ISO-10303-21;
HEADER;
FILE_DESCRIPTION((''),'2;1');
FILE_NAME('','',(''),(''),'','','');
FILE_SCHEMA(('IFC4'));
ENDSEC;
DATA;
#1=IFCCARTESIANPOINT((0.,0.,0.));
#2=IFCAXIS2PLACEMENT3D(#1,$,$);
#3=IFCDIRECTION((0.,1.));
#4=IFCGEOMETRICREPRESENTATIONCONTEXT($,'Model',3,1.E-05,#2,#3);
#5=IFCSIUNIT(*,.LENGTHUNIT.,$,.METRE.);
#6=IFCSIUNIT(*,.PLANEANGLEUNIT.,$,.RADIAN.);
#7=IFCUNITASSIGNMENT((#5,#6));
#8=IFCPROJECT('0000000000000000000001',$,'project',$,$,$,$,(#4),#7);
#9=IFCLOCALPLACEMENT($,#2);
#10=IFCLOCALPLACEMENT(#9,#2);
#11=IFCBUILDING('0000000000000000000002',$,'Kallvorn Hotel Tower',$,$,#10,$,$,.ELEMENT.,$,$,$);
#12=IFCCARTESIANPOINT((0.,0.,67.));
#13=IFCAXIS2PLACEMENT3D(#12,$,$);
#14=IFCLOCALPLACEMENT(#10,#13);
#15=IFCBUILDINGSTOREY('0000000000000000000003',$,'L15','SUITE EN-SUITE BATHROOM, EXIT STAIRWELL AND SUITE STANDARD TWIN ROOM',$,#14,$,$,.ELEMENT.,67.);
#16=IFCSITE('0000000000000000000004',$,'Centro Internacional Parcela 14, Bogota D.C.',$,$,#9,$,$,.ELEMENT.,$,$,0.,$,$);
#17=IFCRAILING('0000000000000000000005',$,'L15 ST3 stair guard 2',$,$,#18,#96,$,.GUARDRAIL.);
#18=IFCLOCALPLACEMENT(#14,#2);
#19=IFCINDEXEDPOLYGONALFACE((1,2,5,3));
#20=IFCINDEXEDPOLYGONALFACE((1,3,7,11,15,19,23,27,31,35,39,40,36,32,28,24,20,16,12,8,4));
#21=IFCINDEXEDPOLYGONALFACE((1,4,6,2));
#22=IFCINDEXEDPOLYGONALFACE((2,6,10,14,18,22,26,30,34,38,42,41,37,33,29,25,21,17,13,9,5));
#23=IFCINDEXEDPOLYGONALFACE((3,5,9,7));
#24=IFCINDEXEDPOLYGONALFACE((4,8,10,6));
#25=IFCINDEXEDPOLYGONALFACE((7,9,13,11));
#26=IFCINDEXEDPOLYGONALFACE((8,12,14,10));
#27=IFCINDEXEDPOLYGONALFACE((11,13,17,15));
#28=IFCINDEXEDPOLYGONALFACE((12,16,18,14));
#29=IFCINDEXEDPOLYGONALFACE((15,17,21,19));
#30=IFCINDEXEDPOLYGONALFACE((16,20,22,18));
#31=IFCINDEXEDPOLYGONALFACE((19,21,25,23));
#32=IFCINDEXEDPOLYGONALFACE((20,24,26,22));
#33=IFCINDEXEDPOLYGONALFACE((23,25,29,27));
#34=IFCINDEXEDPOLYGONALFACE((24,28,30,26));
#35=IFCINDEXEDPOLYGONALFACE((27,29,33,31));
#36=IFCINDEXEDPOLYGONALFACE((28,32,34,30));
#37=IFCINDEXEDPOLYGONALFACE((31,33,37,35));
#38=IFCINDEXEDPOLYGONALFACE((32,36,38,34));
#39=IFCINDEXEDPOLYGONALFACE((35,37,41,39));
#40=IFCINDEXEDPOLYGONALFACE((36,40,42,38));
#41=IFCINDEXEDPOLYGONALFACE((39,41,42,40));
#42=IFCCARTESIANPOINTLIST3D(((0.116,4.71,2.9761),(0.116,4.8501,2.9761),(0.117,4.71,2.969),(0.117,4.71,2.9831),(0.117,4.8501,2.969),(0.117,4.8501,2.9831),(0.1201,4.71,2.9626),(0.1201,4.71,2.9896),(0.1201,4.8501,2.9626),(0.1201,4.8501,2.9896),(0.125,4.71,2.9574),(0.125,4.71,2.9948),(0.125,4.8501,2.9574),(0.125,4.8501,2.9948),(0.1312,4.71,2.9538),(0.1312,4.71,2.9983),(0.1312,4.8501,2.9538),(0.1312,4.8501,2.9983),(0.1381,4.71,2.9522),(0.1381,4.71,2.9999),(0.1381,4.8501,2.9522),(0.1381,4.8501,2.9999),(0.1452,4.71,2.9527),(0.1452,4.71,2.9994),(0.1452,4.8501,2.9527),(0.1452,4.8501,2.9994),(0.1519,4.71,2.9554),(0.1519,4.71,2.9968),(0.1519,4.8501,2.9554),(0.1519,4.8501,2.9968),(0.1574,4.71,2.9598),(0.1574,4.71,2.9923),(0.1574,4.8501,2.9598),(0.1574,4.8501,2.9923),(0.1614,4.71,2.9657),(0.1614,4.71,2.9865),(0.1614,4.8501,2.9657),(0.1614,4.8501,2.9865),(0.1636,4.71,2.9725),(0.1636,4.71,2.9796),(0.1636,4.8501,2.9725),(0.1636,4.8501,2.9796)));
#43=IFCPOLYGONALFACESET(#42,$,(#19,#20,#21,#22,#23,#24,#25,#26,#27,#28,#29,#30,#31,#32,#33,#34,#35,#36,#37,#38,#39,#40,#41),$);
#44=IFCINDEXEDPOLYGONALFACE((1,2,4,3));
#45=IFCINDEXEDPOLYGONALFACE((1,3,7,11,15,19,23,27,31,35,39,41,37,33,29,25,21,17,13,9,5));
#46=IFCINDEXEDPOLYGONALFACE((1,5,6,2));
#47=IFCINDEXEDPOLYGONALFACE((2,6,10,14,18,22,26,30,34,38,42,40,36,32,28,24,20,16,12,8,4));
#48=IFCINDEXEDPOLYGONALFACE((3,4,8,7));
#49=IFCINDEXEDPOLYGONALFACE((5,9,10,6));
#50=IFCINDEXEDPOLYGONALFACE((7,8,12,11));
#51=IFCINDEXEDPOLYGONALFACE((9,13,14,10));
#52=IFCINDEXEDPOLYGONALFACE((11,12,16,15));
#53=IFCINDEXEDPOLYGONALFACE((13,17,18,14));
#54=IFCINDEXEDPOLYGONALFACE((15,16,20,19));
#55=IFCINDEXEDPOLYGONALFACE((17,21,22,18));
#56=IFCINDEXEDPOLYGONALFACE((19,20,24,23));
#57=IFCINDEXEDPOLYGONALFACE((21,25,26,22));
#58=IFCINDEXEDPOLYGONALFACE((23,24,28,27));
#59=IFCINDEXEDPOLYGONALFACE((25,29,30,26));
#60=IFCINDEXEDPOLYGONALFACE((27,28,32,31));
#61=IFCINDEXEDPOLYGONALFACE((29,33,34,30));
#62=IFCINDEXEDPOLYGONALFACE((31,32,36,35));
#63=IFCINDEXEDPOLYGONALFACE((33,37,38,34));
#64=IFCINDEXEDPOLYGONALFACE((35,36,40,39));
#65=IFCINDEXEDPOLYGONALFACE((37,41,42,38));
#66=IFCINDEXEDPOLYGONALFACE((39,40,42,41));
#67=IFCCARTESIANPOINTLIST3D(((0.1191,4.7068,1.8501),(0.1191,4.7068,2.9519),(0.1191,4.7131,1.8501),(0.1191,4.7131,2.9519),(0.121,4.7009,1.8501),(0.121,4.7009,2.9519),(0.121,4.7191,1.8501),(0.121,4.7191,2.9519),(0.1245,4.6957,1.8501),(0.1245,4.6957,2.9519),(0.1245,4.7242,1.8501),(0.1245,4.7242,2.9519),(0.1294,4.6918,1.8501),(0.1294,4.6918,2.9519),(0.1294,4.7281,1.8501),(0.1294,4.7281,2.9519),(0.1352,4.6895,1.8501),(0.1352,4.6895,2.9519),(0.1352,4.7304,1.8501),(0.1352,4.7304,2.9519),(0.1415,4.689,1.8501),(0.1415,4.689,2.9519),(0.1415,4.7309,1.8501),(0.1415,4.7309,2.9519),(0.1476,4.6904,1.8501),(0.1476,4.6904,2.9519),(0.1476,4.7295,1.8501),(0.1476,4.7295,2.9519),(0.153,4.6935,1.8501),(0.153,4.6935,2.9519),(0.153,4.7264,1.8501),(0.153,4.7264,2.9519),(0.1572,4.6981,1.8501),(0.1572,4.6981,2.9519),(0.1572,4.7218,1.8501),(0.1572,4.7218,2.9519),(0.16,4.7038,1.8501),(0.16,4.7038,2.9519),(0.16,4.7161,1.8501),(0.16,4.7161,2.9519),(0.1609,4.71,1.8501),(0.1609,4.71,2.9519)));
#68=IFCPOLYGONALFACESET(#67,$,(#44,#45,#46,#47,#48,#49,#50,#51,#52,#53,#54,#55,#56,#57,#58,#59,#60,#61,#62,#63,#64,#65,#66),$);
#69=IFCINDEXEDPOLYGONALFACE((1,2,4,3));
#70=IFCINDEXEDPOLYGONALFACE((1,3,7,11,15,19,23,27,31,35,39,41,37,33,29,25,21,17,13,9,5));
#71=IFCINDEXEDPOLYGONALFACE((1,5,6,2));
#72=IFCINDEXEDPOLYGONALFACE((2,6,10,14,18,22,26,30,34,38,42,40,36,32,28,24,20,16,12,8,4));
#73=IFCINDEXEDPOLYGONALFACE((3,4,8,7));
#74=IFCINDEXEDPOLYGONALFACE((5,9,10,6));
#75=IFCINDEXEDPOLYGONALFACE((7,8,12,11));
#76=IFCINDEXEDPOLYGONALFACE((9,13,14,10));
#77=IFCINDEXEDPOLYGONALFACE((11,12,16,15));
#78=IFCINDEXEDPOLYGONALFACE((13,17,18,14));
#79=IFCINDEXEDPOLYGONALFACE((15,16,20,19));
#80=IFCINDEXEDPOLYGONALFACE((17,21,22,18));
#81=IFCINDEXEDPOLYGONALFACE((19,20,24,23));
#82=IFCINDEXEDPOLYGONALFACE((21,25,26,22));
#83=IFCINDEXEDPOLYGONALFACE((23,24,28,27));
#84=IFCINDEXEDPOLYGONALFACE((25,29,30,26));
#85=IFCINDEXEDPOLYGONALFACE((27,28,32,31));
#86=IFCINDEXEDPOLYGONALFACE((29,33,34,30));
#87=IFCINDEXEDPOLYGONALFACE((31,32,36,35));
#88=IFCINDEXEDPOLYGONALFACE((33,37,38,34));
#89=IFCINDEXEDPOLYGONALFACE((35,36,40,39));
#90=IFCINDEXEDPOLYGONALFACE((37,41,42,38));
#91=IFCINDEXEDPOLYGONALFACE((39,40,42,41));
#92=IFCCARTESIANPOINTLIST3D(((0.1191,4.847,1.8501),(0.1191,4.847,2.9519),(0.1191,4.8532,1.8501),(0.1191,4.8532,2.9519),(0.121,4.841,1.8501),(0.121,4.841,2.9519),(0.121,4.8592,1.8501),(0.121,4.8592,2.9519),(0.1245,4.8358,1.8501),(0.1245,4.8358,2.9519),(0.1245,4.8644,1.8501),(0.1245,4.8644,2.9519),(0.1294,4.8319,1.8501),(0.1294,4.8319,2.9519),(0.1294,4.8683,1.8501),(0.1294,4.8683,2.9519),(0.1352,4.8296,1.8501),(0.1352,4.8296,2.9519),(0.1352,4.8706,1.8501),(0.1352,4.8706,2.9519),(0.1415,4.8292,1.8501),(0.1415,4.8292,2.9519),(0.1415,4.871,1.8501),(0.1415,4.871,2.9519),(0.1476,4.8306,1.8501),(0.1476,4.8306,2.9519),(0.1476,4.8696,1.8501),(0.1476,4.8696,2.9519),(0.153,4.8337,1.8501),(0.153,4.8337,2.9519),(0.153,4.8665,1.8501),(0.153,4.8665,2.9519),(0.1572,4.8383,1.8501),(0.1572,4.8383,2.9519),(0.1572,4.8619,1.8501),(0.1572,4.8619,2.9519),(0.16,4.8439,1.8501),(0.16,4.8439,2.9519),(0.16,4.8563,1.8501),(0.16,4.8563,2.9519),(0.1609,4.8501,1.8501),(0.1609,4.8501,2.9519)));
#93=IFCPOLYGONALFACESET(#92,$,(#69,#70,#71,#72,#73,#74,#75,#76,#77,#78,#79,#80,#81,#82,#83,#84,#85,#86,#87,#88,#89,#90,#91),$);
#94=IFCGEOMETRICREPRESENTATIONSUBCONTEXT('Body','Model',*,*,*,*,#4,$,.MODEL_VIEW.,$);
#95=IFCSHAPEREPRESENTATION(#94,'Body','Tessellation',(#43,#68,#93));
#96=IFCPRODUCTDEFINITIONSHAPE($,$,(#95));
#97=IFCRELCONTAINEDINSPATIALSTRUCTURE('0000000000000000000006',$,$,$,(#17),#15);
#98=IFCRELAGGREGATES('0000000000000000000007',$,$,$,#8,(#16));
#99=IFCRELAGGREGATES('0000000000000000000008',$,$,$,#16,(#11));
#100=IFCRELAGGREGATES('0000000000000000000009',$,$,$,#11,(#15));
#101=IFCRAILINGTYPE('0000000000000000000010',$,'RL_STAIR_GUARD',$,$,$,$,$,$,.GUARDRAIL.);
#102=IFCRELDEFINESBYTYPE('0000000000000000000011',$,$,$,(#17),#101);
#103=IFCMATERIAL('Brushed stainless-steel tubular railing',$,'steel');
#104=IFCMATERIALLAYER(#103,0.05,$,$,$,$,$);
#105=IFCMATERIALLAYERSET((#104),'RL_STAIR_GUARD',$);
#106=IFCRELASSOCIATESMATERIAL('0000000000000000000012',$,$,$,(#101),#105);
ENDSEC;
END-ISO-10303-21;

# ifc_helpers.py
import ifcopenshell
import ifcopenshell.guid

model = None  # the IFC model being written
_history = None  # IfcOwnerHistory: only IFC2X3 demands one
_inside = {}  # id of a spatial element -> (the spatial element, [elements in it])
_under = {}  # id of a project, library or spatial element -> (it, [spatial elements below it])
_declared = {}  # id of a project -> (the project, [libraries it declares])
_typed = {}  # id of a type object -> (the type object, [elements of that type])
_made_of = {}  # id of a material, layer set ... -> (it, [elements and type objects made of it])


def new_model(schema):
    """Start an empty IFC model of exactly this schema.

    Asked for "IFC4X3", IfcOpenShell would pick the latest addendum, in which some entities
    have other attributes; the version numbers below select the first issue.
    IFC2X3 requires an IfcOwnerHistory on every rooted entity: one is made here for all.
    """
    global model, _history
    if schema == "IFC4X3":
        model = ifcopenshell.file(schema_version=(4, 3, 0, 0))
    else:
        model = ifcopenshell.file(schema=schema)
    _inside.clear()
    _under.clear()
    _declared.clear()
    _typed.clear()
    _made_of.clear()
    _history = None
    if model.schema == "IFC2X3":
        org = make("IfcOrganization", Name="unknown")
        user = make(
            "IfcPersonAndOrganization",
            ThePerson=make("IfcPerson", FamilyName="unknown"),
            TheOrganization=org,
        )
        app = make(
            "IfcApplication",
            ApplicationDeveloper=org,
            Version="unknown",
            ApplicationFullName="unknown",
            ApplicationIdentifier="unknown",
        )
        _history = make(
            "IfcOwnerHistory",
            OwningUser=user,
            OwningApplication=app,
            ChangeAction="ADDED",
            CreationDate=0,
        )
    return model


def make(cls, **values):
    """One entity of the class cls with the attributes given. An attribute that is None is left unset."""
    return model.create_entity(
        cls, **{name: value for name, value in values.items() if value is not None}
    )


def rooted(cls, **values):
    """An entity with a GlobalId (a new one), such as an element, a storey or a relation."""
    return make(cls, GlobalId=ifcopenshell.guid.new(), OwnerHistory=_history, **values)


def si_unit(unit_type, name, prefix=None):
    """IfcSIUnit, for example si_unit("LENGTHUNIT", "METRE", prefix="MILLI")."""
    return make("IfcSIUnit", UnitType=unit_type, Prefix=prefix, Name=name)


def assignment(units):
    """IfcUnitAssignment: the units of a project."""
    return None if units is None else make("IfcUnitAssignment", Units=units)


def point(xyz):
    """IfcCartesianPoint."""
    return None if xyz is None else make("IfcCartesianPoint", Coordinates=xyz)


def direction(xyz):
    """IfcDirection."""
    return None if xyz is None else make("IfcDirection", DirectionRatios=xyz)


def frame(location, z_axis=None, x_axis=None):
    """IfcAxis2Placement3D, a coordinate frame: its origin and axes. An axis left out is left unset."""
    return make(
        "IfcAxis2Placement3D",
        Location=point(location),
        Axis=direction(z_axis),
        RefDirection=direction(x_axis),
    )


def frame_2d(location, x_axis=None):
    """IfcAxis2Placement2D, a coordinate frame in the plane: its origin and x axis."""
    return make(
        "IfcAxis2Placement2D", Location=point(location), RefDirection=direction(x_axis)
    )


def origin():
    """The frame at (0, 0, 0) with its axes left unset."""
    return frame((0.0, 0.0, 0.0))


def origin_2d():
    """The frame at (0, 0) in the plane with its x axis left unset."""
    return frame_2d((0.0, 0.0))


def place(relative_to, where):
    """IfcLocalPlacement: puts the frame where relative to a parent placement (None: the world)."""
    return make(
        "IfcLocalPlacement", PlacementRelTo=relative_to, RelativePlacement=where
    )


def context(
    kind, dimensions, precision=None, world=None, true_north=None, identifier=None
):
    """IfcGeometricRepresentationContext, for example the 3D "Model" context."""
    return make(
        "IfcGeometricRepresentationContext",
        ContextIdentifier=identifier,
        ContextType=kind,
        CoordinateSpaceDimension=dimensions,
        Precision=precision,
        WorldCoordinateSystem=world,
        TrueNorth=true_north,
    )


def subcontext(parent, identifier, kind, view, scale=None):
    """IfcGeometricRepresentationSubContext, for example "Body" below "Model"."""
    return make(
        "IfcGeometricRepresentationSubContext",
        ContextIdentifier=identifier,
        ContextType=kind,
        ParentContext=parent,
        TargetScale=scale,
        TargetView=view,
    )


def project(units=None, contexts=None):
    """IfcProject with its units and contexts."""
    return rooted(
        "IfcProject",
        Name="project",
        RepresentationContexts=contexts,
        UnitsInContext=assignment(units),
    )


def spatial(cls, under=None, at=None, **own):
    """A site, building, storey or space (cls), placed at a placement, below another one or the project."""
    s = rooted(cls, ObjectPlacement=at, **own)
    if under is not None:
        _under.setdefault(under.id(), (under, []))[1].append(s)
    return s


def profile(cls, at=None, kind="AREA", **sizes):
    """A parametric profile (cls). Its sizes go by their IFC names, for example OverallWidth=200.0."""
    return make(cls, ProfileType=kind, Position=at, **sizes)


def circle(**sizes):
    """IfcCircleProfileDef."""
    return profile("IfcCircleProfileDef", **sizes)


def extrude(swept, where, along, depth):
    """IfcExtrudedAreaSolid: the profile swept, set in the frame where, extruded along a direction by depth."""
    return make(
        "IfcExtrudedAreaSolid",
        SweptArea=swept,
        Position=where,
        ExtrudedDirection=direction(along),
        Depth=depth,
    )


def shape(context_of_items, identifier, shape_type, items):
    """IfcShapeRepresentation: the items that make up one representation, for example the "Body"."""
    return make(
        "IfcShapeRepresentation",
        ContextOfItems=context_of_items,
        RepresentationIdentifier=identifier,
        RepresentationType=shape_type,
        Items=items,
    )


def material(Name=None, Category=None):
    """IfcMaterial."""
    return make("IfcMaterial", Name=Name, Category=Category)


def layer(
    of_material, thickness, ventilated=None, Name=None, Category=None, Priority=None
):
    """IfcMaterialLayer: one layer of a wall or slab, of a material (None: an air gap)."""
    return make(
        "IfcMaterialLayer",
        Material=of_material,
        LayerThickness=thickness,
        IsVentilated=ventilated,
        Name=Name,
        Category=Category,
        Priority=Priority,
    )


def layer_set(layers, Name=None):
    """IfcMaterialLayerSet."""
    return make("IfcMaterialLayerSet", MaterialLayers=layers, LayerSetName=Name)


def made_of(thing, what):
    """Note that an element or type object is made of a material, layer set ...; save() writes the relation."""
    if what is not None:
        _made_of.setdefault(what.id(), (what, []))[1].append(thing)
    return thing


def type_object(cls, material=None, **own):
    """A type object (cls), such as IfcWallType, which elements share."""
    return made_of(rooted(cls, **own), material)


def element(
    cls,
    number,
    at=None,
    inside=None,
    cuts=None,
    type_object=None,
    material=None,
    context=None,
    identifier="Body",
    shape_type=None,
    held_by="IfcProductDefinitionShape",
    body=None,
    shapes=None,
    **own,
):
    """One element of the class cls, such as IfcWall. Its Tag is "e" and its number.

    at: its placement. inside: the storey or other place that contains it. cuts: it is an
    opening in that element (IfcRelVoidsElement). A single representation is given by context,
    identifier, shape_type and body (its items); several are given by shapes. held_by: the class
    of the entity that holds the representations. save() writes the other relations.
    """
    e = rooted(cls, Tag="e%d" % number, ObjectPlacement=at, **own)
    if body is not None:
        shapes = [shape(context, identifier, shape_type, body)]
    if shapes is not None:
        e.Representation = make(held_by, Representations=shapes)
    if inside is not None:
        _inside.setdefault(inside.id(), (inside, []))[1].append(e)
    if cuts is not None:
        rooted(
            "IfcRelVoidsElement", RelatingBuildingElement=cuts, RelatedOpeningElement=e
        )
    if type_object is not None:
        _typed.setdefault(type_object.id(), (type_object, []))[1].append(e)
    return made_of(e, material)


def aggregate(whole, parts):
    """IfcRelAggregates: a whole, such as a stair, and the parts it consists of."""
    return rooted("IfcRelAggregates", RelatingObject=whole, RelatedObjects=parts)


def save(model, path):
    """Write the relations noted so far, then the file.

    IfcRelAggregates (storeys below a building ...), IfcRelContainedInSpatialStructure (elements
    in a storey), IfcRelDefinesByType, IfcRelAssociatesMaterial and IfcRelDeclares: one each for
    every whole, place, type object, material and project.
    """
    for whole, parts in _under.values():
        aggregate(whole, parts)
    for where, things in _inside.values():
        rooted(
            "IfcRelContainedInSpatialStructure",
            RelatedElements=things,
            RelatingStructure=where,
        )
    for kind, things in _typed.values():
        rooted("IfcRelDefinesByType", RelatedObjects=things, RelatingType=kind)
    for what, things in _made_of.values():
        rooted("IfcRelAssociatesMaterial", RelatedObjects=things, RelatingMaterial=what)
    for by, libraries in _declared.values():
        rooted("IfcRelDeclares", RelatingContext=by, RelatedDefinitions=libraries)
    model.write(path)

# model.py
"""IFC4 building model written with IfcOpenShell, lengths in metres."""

from ifc_helpers import new_model, si_unit, direction, frame, origin, origin_2d, place, context, subcontext, project, spatial, circle, extrude, material, layer, layer_set, type_object, element, save


model = new_model("IFC4")

# Units and contexts
model_context = context("Model", 3, precision=1e-05, world=origin(), true_north=direction((0.0, 1.0)))
body_context = subcontext(model_context, "Body", "Model", "MODEL_VIEW")
ifc_project = project(units=[si_unit("LENGTHUNIT", "METRE"), si_unit("PLANEANGLEUNIT", "RADIAN")], contexts=[model_context])

# Site, building, storey
site_placement = place(None, origin())
site = spatial("IfcSite", under=ifc_project, at=site_placement, Name="Centro Internacional Parcela 14, Bogota D.C.", CompositionType="ELEMENT", RefElevation=0.0)
building_placement = place(site_placement, origin())
building = spatial("IfcBuilding", under=site, at=building_placement, Name="Kallvorn Hotel Tower", CompositionType="ELEMENT")
storey_placement = place(building_placement, frame((0.0, 0.0, 67.0)))
storey = spatial("IfcBuildingStorey", under=building, at=storey_placement, Name="L15", Description="SUITE EN-SUITE BATHROOM, EXIT STAIRWELL AND SUITE STANDARD TWIN ROOM", CompositionType="ELEMENT", Elevation=67.0)

# Railing
ifc_material_1 = material(Name="Brushed stainless-steel tubular railing", Category="steel")
ifc_layer_1 = layer(ifc_material_1, 0.05)
ifc_layer_set_1 = layer_set([ifc_layer_1], Name="RL_STAIR_GUARD")
railing_type_1 = type_object("IfcRailingType", Name="RL_STAIR_GUARD", PredefinedType="GUARDRAIL", material=ifc_layer_set_1)
railing_1_placement = place(storey_placement, frame((0.1399, 4.71, 1.8501)))
element("IfcRailing", 1, at=railing_1_placement, inside=storey, type_object=railing_type_1, Name="L15 ST3 stair guard 2", PredefinedType="GUARDRAIL", context=body_context, shape_type="SweptSolid", body=[
    extrude(circle(Radius=0.0239, at=origin_2d()), frame((0.0, 0.0, 1.126), z_axis=(0.0, 1.0, 0.0), x_axis=(-1.0, 0.0, 0.0)), (0.0, 0.0, 1.0), 0.1401),
    extrude(circle(Radius=0.021, at=origin_2d()), origin(), (0.0, 0.0, 1.0), 1.1018),
    extrude(circle(Radius=0.021, at=origin_2d()), frame((0.0, 0.1401, 0.0)), (0.0, 0.0, 1.0), 1.1018),
])

save(model, "model.ifc")
